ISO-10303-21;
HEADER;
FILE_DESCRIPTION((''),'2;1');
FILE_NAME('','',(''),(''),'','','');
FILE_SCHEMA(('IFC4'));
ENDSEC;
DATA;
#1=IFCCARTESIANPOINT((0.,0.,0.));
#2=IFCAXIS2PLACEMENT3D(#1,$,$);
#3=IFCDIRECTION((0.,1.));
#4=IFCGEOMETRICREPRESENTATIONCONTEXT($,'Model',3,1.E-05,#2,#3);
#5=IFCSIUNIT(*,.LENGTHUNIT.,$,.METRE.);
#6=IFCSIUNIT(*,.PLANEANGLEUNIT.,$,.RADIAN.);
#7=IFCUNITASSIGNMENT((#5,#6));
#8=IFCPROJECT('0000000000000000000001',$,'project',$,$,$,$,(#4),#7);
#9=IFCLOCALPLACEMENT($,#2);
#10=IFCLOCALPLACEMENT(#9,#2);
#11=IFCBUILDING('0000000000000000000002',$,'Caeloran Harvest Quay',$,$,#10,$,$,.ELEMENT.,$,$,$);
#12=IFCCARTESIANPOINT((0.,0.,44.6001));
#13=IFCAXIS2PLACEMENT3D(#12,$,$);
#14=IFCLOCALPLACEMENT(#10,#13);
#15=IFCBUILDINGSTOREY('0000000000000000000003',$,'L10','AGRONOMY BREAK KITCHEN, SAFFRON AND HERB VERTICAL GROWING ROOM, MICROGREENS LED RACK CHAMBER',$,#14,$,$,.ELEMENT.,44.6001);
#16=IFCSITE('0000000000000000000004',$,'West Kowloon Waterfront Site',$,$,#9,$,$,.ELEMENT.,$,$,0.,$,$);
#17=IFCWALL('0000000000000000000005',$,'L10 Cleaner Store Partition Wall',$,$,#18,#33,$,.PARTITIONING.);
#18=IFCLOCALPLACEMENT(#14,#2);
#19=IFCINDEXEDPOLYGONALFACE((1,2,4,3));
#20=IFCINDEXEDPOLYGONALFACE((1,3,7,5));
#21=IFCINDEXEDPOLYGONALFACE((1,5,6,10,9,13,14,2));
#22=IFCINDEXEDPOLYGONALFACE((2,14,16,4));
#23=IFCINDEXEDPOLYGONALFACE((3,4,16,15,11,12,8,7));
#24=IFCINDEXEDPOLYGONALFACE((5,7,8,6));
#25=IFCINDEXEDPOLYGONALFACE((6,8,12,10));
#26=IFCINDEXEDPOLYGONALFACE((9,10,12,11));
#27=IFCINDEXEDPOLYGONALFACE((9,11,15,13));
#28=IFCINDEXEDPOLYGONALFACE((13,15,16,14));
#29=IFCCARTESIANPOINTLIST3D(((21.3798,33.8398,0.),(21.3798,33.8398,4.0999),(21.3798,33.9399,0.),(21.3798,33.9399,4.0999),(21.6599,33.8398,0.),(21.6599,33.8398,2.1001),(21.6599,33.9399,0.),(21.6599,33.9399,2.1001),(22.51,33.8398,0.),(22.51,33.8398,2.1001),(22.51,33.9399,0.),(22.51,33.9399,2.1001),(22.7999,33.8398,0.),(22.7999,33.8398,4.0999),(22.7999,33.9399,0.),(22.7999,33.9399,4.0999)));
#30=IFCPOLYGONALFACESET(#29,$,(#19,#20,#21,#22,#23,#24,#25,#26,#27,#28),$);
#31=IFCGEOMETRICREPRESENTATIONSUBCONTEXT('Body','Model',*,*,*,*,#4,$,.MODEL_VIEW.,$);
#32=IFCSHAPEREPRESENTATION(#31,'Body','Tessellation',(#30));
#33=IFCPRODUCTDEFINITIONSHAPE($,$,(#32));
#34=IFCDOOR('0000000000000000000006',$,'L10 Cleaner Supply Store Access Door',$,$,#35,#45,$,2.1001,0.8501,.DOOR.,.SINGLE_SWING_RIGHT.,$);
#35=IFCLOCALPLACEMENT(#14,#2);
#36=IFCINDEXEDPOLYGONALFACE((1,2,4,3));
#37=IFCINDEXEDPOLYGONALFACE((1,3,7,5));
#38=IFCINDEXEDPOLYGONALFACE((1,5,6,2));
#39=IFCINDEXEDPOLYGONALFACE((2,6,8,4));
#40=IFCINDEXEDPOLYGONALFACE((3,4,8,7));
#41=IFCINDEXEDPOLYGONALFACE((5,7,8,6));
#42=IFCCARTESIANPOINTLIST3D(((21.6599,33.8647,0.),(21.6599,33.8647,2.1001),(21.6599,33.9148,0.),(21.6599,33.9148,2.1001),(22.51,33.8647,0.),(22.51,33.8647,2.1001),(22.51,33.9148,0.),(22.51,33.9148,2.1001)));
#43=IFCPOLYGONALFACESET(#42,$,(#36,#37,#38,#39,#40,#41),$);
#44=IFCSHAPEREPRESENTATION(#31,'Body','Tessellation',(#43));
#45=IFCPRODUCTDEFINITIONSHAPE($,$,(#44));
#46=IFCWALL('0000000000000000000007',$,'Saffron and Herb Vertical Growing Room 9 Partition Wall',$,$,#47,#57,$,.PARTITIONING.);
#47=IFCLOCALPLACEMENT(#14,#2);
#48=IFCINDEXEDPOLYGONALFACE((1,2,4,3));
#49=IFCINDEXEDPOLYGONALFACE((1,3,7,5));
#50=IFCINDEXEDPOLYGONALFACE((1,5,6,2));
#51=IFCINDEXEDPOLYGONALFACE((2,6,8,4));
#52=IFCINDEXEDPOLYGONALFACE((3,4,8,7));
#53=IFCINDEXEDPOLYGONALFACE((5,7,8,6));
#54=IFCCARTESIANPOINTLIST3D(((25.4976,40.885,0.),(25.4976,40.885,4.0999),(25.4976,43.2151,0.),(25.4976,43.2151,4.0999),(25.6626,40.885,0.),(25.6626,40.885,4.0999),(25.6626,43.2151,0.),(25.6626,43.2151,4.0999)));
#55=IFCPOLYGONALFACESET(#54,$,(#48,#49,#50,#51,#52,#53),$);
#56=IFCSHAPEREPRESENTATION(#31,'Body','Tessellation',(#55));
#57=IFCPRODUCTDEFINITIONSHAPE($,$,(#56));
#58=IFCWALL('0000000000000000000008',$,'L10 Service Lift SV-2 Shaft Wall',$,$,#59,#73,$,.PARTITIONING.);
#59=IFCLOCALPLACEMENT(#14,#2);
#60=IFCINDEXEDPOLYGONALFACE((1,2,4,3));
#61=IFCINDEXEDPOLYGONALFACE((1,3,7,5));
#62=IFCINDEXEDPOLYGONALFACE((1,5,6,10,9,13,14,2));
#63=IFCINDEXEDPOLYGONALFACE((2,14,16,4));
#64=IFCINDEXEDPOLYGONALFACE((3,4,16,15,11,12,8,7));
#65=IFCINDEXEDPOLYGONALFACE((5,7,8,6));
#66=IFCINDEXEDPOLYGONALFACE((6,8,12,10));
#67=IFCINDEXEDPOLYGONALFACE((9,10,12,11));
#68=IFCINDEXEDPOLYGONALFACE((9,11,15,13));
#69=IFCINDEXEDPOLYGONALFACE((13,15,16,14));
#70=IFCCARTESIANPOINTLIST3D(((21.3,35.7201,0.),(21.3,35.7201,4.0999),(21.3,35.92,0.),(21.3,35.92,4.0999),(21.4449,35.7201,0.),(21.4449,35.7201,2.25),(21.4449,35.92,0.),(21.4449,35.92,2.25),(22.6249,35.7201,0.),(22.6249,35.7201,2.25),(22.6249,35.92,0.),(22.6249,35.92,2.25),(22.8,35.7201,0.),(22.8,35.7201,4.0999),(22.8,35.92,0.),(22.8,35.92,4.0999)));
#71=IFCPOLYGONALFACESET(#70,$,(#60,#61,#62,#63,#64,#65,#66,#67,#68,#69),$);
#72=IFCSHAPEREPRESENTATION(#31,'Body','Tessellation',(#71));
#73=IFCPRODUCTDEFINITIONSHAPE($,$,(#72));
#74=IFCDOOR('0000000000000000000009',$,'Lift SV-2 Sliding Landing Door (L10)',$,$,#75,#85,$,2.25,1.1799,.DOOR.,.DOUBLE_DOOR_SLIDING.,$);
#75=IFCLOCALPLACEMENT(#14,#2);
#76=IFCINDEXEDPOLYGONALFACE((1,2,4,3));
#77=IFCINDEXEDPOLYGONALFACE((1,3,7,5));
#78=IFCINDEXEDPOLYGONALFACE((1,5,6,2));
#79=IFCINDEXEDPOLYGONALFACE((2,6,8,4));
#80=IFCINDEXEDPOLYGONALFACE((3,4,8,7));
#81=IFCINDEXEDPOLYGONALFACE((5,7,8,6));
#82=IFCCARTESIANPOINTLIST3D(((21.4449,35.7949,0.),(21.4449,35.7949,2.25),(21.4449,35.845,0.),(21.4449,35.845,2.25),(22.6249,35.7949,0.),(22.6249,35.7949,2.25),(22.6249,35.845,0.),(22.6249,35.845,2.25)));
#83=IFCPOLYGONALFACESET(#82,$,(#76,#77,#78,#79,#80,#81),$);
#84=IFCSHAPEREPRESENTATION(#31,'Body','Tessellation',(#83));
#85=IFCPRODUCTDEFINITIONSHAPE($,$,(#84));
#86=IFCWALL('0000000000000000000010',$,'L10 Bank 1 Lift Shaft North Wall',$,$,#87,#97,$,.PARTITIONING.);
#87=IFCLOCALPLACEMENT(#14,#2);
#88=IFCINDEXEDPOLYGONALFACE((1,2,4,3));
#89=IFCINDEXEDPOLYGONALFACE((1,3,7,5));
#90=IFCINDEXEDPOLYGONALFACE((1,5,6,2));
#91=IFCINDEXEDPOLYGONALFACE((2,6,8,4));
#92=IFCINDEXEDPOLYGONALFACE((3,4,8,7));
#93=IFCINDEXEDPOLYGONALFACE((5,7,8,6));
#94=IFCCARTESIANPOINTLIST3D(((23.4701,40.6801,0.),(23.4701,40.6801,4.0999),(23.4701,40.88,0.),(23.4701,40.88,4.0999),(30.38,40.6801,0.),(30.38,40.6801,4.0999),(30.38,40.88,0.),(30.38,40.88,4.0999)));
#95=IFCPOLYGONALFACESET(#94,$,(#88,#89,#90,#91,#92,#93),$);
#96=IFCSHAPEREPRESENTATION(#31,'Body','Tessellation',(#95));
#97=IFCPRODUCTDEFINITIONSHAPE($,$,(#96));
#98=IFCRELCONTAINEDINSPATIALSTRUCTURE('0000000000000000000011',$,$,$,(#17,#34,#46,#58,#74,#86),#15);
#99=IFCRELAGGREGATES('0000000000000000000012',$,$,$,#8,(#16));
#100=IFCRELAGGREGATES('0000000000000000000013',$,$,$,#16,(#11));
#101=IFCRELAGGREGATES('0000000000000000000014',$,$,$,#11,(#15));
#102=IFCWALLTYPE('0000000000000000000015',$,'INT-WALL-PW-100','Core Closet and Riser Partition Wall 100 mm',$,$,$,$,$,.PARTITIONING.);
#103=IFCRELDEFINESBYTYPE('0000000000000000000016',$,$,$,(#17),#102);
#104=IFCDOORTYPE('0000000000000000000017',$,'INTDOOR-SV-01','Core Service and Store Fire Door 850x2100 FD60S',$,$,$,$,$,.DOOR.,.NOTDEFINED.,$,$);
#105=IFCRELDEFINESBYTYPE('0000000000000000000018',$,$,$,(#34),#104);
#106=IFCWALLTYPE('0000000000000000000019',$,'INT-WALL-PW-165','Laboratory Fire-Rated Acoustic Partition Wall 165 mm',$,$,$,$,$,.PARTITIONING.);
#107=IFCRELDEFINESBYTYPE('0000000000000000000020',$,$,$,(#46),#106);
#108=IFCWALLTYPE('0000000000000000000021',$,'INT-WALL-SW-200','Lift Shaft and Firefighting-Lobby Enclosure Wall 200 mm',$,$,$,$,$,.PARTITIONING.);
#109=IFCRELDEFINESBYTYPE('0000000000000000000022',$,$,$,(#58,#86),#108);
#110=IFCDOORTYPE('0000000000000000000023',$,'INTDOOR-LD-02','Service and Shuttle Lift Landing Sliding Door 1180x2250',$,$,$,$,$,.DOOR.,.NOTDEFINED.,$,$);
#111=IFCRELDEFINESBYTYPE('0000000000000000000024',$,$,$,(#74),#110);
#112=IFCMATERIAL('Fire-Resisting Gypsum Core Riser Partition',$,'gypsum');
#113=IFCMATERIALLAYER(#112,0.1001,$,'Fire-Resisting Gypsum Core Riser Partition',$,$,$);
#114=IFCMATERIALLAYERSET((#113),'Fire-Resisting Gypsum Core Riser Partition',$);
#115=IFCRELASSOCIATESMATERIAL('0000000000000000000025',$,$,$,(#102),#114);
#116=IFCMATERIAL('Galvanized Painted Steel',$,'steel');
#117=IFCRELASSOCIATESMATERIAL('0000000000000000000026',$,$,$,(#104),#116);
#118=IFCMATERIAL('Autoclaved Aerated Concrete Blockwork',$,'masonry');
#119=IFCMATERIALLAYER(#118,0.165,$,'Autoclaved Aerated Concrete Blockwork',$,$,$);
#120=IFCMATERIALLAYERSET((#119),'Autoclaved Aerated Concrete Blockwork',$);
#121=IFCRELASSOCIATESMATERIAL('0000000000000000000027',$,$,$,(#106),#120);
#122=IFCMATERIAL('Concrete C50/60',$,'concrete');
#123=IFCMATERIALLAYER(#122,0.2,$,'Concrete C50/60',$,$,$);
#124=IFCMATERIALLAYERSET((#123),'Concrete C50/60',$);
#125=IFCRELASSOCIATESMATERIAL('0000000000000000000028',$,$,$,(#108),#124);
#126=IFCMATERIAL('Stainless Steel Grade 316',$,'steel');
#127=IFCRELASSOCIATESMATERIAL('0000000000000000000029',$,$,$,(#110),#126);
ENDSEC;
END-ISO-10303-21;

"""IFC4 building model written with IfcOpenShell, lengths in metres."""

from ifc_helpers import new_model, si_unit, direction, frame, frame_2d, origin, place, context, subcontext, project, spatial, rectangle, extrude, material, layer, layer_set, type_object, element, fill, save


model = new_model("IFC4")

# Units and contexts
model_context = context("Model", 3, precision=1e-05, world=origin(), true_north=direction((0.0, 1.0)))
body_context = subcontext(model_context, "Body", "Model", "MODEL_VIEW")
ifc_project = project(units=[si_unit("LENGTHUNIT", "METRE"), si_unit("PLANEANGLEUNIT", "RADIAN")], contexts=[model_context])

# Site, building, storey
site_placement = place(None, origin())
site = spatial("IfcSite", under=ifc_project, at=site_placement, Name="West Kowloon Waterfront Site", CompositionType="ELEMENT", RefElevation=0.0)
building_placement = place(site_placement, origin())
building = spatial("IfcBuilding", under=site, at=building_placement, Name="Caeloran Harvest Quay", CompositionType="ELEMENT")
storey_placement = place(building_placement, frame((0.0, 0.0, 44.6001)))
storey = spatial("IfcBuildingStorey", under=building, at=storey_placement, Name="L10", Description="AGRONOMY BREAK KITCHEN, SAFFRON AND HERB VERTICAL GROWING ROOM, MICROGREENS LED RACK CHAMBER", CompositionType="ELEMENT", Elevation=44.6001)

# Wall, opening, door
ifc_material_1 = material(Name="Fire-Resisting Gypsum Core Riser Partition", Category="gypsum")
ifc_layer_1 = layer(ifc_material_1, 0.1001, Name="Fire-Resisting Gypsum Core Riser Partition")
ifc_layer_set_1 = layer_set([ifc_layer_1], Name="Fire-Resisting Gypsum Core Riser Partition")
wall_type_1 = type_object("IfcWallType", Name="INT-WALL-PW-100", Description="Core Closet and Riser Partition Wall 100 mm", PredefinedType="PARTITIONING", material=ifc_layer_set_1)
wall_1_placement = place(storey_placement, frame((21.3799, 33.8899, 0.0), z_axis=(0.0, 0.0, 1.0), x_axis=(1.0, 0.0, 0.0)))
wall_1 = element("IfcWall", 1, at=wall_1_placement, inside=storey, type_object=wall_type_1, Name="L10 Cleaner Store Partition Wall", PredefinedType="PARTITIONING", context=body_context, shape_type="SweptSolid", body=[
    extrude(rectangle(XDim=1.4202, YDim=0.1001, at=frame_2d((0.71, 0.0))), origin(), (0.0, 0.0, 1.0), 4.0999),
])
opening_1_placement = place(wall_1_placement, frame((0.28, 0.0, 0.0)))
opening_1 = element("IfcOpeningElement", 2, at=opening_1_placement, cuts=wall_1, PredefinedType="OPENING", context=body_context, shape_type="SweptSolid", body=[
    extrude(rectangle(XDim=0.8501, YDim=2.1001, at=frame_2d((0.425, 1.05))), frame((0.0, 0.0601, 0.0), z_axis=(0.0, -1.0, 0.0), x_axis=(1.0, 0.0, 0.0)), (0.0, 0.0, 1.0), 0.1201),
])
ifc_material_2 = material(Name="Galvanized Painted Steel", Category="steel")
door_type_1 = type_object("IfcDoorType", Name="INTDOOR-SV-01", Description="Core Service and Store Fire Door 850x2100 FD60S", OperationType="NOTDEFINED", PredefinedType="DOOR", material=ifc_material_2)
door_1_placement = place(opening_1_placement, origin())
door_1 = element("IfcDoor", 3, at=door_1_placement, inside=storey, type_object=door_type_1, Name="L10 Cleaner Supply Store Access Door", OperationType="SINGLE_SWING_RIGHT", OverallHeight=2.1001, OverallWidth=0.8501, PredefinedType="DOOR", context=body_context, shape_type="SweptSolid", body=[
    extrude(rectangle(XDim=0.8501, YDim=2.1001, at=frame_2d((0.425, 1.05))), frame((0.0, 0.0249, 0.0), z_axis=(0.0, -1.0, 0.0), x_axis=(1.0, 0.0, 0.0)), (0.0, 0.0, 1.0), 0.05),
])
fill(opening_1, door_1)

# Wall
ifc_material_3 = material(Name="Autoclaved Aerated Concrete Blockwork", Category="masonry")
ifc_layer_2 = layer(ifc_material_3, 0.165, Name="Autoclaved Aerated Concrete Blockwork")
ifc_layer_set_2 = layer_set([ifc_layer_2], Name="Autoclaved Aerated Concrete Blockwork")
wall_type_2 = type_object("IfcWallType", Name="INT-WALL-PW-165", Description="Laboratory Fire-Rated Acoustic Partition Wall 165 mm", PredefinedType="PARTITIONING", material=ifc_layer_set_2)
wall_2_placement = place(storey_placement, frame((25.5801, 40.885, 0.0), z_axis=(0.0, 0.0, 1.0), x_axis=(0.0, 1.0, 0.0)))
element("IfcWall", 4, at=wall_2_placement, inside=storey, type_object=wall_type_2, Name="Saffron and Herb Vertical Growing Room 9 Partition Wall", PredefinedType="PARTITIONING", context=body_context, shape_type="SweptSolid", body=[
    extrude(rectangle(XDim=2.3301, YDim=0.165, at=frame_2d((1.165, 0.0))), origin(), (0.0, 0.0, 1.0), 4.0999),
])

# Wall, opening, door
ifc_material_4 = material(Name="Concrete C50/60", Category="concrete")
ifc_layer_3 = layer(ifc_material_4, 0.2, Name="Concrete C50/60")
ifc_layer_set_3 = layer_set([ifc_layer_3], Name="Concrete C50/60")
wall_type_3 = type_object("IfcWallType", Name="INT-WALL-SW-200", Description="Lift Shaft and Firefighting-Lobby Enclosure Wall 200 mm", PredefinedType="PARTITIONING", material=ifc_layer_set_3)
wall_3_placement = place(storey_placement, frame((21.3, 35.8201, 0.0), z_axis=(0.0, 0.0, 1.0), x_axis=(1.0, 0.0, 0.0)))
wall_3 = element("IfcWall", 5, at=wall_3_placement, inside=storey, type_object=wall_type_3, Name="L10 Service Lift SV-2 Shaft Wall", PredefinedType="PARTITIONING", context=body_context, shape_type="SweptSolid", body=[
    extrude(rectangle(XDim=1.5, YDim=0.2, at=frame_2d((0.75, 0.0))), origin(), (0.0, 0.0, 1.0), 4.0999),
])
opening_2_placement = place(wall_3_placement, frame((0.145, 0.0, 0.0)))
opening_2 = element("IfcOpeningElement", 6, at=opening_2_placement, cuts=wall_3, PredefinedType="OPENING", context=body_context, shape_type="SweptSolid", body=[
    extrude(rectangle(XDim=1.1799, YDim=2.25, at=frame_2d((0.5898, 1.125))), frame((0.0, 0.1099, 0.0), z_axis=(0.0, -1.0, 0.0), x_axis=(1.0, 0.0, 0.0)), (0.0, 0.0, 1.0), 0.22),
])
ifc_material_5 = material(Name="Stainless Steel Grade 316", Category="steel")
door_type_2 = type_object("IfcDoorType", Name="INTDOOR-LD-02", Description="Service and Shuttle Lift Landing Sliding Door 1180x2250", OperationType="NOTDEFINED", PredefinedType="DOOR", material=ifc_material_5)
door_2_placement = place(opening_2_placement, origin())
door_2 = element("IfcDoor", 7, at=door_2_placement, inside=storey, type_object=door_type_2, Name="Lift SV-2 Sliding Landing Door (L10)", OperationType="DOUBLE_DOOR_SLIDING", OverallHeight=2.25, OverallWidth=1.1799, PredefinedType="DOOR", context=body_context, shape_type="SweptSolid", body=[
    extrude(rectangle(XDim=1.1799, YDim=2.25, at=frame_2d((0.5898, 1.125))), frame((0.0, 0.0249, 0.0), z_axis=(0.0, -1.0, 0.0), x_axis=(1.0, 0.0, 0.0)), (0.0, 0.0, 1.0), 0.05),
])
fill(opening_2, door_2)

# Wall
wall_4_placement = place(storey_placement, frame((23.47, 40.78, 0.0), z_axis=(0.0, 0.0, 1.0), x_axis=(1.0, 0.0, 0.0)))
element("IfcWall", 8, at=wall_4_placement, inside=storey, type_object=wall_type_3, Name="L10 Bank 1 Lift Shaft North Wall", PredefinedType="PARTITIONING", context=body_context, shape_type="SweptSolid", body=[
    extrude(rectangle(XDim=6.9099, YDim=0.2, at=frame_2d((3.4551, 0.0))), origin(), (0.0, 0.0, 1.0), 4.0999),
])

save(model, "model.ifc")
